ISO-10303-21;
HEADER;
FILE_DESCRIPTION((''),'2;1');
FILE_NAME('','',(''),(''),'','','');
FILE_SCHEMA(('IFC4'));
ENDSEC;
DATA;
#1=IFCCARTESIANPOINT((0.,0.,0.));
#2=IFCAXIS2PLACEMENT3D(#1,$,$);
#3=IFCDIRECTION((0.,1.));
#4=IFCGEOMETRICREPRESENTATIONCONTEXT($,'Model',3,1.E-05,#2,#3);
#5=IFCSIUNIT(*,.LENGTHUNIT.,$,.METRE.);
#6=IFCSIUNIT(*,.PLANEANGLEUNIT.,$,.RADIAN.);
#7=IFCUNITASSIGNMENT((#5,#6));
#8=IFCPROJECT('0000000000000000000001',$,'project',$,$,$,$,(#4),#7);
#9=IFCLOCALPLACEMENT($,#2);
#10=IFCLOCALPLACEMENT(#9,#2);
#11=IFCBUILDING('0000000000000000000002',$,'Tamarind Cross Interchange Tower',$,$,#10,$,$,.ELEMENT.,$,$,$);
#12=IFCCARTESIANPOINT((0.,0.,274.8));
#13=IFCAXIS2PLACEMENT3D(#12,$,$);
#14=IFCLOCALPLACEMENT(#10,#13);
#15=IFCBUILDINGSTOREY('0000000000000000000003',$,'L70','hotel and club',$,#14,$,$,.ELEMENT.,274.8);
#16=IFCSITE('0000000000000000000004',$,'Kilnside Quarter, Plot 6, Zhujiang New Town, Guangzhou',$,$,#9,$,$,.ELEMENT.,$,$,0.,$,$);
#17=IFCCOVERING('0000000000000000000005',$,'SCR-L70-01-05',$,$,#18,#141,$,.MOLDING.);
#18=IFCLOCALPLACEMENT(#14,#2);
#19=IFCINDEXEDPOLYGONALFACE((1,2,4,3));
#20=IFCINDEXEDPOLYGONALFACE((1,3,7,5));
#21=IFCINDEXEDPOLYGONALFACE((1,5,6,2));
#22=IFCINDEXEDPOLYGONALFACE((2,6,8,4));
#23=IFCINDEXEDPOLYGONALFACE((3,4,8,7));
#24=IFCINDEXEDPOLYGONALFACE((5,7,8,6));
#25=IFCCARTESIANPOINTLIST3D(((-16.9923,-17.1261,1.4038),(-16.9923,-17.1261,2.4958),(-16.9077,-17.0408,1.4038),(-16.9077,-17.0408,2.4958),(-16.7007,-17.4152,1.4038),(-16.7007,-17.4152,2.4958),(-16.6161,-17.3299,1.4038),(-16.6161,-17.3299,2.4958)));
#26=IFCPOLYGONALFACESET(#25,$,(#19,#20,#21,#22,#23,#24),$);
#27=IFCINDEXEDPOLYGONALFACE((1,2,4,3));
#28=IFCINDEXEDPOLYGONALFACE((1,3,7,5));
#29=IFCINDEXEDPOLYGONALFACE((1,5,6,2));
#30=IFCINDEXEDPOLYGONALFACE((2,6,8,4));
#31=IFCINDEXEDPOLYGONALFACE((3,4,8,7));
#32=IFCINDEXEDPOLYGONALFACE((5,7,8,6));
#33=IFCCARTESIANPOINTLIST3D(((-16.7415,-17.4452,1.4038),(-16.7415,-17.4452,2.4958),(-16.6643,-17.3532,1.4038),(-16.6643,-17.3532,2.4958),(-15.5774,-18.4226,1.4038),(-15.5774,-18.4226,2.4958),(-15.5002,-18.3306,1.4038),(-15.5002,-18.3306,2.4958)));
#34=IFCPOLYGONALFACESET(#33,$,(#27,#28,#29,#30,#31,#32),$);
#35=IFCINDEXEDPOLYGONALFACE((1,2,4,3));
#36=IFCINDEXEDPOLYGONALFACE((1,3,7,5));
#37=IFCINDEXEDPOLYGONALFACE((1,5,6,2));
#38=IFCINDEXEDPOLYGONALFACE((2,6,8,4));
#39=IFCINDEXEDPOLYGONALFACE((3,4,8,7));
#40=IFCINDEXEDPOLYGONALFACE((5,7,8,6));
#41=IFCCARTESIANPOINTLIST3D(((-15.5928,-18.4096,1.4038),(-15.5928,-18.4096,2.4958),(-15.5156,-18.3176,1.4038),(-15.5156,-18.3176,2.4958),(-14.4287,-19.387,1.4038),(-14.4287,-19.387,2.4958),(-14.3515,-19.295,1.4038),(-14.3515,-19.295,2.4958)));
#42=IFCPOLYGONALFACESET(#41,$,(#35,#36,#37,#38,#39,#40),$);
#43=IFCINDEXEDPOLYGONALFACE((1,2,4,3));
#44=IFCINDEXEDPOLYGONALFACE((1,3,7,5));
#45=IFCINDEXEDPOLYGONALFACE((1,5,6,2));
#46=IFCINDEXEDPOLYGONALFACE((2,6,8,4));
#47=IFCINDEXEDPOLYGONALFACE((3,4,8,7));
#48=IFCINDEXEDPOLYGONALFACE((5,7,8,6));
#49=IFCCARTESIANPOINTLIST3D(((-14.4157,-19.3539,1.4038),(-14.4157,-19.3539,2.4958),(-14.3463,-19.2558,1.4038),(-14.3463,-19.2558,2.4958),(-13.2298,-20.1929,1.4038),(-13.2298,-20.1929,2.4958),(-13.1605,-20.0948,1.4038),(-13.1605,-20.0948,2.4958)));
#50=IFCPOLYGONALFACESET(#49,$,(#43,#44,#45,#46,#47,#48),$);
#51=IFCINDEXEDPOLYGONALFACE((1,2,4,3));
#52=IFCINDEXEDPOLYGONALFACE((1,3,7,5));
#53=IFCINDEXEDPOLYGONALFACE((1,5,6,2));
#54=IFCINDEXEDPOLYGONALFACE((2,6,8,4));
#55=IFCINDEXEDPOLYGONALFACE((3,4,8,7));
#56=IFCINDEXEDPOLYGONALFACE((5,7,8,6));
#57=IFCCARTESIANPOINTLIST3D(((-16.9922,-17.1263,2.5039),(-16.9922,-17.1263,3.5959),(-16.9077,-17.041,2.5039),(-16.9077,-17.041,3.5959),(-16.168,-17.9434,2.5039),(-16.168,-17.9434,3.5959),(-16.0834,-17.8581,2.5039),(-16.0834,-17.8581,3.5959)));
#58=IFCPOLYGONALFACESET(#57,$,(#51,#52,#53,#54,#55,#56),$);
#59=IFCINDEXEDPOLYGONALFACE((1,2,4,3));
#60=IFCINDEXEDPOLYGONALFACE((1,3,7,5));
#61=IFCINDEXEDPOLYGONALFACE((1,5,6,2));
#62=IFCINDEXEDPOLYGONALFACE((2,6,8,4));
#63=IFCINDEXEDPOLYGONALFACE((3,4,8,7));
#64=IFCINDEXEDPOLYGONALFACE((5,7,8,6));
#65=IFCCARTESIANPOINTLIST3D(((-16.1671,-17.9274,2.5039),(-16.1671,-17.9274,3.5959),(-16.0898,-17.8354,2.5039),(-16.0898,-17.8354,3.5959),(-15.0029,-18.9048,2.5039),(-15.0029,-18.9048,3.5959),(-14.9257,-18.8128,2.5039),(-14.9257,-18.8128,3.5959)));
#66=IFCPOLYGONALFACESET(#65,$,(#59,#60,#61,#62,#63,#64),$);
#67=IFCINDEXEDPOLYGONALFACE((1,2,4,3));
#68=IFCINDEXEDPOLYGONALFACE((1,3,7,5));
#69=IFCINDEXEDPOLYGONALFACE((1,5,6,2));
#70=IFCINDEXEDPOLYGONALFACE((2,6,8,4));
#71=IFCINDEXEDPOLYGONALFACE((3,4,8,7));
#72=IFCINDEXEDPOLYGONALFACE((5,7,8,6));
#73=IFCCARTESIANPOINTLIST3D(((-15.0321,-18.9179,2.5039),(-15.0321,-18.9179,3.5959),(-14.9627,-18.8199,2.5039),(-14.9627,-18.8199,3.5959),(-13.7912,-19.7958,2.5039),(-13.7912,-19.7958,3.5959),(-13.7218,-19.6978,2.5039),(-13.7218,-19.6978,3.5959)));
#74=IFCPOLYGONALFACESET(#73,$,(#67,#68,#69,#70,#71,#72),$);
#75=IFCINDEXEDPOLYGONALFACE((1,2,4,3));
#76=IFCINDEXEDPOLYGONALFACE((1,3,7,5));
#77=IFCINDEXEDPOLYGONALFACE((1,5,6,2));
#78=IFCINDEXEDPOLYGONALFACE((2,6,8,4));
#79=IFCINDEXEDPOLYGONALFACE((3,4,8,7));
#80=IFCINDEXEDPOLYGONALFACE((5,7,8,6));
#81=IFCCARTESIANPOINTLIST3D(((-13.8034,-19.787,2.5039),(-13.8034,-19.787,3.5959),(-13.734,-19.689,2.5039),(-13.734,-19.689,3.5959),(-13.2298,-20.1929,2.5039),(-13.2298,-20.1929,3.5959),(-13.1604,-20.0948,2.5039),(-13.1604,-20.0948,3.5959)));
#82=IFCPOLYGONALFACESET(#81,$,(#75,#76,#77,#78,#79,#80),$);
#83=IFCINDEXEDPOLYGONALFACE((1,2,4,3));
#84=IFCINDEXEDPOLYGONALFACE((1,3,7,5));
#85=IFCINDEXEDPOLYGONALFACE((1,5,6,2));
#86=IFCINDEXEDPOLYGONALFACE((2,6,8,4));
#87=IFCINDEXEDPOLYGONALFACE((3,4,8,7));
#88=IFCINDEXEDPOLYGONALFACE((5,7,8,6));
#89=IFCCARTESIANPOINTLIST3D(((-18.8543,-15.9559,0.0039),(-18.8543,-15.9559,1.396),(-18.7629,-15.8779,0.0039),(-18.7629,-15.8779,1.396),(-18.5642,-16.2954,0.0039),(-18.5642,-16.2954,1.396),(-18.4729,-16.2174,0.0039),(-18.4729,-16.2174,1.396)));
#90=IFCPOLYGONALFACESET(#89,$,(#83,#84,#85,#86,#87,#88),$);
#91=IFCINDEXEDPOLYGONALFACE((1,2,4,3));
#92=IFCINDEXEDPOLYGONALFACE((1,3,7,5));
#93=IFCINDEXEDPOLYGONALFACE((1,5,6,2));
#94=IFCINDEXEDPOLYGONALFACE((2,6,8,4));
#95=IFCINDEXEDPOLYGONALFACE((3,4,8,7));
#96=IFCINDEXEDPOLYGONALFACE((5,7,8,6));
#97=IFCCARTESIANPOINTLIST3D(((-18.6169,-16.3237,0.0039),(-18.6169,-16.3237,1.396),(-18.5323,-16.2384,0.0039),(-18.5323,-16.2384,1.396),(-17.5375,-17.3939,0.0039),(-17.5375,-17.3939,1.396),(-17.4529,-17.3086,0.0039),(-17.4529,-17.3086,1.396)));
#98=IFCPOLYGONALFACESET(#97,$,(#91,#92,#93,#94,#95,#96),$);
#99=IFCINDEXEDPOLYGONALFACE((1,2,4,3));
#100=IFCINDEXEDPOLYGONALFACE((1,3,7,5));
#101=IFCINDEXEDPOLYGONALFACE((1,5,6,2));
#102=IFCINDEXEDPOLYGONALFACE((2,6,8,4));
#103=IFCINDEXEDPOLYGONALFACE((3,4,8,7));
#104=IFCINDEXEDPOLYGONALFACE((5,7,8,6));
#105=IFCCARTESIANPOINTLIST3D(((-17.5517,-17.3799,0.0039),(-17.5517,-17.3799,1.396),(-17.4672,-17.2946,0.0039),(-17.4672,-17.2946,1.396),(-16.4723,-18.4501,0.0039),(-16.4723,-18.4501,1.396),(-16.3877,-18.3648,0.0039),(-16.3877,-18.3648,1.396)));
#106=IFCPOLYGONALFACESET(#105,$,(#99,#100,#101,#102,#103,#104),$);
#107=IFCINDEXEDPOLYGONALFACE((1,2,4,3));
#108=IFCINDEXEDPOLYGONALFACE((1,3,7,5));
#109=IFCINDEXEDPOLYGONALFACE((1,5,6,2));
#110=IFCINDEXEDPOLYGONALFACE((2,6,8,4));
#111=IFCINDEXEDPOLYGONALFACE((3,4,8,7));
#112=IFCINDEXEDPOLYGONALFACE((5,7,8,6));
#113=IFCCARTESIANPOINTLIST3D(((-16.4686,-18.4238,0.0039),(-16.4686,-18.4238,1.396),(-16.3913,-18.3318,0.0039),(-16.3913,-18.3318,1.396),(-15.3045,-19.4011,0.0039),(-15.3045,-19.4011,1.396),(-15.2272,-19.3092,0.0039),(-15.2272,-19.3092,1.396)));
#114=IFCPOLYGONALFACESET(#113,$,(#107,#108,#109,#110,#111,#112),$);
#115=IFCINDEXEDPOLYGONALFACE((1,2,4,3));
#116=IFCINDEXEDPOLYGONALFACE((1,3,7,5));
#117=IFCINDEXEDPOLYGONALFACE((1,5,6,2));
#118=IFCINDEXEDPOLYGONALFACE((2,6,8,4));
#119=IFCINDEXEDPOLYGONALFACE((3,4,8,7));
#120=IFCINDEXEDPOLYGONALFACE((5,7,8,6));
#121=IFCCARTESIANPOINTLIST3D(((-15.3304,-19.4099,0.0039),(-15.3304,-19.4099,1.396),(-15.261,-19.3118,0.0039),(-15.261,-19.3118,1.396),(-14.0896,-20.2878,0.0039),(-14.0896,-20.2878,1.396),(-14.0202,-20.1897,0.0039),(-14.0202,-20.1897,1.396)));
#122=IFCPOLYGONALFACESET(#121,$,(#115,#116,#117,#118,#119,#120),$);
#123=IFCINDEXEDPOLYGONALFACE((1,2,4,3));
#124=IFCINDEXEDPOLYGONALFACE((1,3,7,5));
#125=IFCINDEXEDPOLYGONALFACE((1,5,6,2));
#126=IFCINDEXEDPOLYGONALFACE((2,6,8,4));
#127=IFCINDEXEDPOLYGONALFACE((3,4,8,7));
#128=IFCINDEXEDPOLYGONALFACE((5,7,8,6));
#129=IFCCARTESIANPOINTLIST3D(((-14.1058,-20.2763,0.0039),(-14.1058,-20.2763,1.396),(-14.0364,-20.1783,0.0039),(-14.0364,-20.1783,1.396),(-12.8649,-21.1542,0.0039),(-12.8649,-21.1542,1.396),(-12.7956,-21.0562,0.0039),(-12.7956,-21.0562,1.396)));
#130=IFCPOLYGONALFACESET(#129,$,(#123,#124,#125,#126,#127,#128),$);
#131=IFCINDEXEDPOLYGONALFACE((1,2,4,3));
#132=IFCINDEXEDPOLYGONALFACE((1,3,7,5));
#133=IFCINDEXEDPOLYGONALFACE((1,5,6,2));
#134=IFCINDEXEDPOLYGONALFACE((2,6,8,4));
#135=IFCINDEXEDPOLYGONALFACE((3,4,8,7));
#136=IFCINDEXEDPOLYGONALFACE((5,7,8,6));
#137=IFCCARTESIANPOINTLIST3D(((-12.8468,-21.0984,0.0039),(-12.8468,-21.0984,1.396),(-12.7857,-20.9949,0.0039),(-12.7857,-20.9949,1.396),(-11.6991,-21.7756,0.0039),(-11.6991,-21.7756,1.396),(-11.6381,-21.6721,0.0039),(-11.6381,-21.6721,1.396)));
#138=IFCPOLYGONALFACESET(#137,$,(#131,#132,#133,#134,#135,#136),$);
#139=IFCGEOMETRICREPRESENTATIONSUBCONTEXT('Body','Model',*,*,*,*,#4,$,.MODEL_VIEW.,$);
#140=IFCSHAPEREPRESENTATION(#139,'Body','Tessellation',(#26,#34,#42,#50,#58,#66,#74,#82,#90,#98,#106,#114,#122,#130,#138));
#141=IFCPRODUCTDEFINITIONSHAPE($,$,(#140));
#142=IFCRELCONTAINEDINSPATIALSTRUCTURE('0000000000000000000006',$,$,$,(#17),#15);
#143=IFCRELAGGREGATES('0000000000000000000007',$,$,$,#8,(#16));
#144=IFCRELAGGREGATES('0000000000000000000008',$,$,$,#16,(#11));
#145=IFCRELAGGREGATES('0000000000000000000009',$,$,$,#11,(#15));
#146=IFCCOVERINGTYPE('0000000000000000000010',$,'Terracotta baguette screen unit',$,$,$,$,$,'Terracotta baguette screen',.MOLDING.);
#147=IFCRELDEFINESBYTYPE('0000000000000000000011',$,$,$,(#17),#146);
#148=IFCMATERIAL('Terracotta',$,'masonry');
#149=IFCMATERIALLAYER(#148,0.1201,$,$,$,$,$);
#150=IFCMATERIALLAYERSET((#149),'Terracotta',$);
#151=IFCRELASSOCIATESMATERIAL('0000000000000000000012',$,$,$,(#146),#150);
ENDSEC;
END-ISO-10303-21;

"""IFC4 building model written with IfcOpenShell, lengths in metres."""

from ifc_helpers import new_model, si_unit, direction, frame, origin, origin_2d, place, context, subcontext, project, spatial, rectangle, extrude, material, layer, layer_set, type_object, element, save


model = new_model("IFC4")

# Units and contexts
model_context = context("Model", 3, precision=1e-05, world=origin(), true_north=direction((0.0, 1.0)))
body_context = subcontext(model_context, "Body", "Model", "MODEL_VIEW")
ifc_project = project(units=[si_unit("LENGTHUNIT", "METRE"), si_unit("PLANEANGLEUNIT", "RADIAN")], contexts=[model_context])

# Site, building, storey
site_placement = place(None, origin())
site = spatial("IfcSite", under=ifc_project, at=site_placement, Name="Kilnside Quarter, Plot 6, Zhujiang New Town, Guangzhou", CompositionType="ELEMENT", RefElevation=0.0)
building_placement = place(site_placement, origin())
building = spatial("IfcBuilding", under=site, at=building_placement, Name="Tamarind Cross Interchange Tower", CompositionType="ELEMENT")
storey_placement = place(building_placement, frame((0.0, 0.0, 274.8)))
storey = spatial("IfcBuildingStorey", under=building, at=storey_placement, Name="L70", Description="hotel and club", CompositionType="ELEMENT", Elevation=274.8)

# Covering
ifc_material_1 = material(Name="Terracotta", Category="masonry")
ifc_layer_1 = layer(ifc_material_1, 0.1201)
ifc_layer_set_1 = layer_set([ifc_layer_1], Name="Terracotta")
covering_type = type_object("IfcCoveringType", Name="Terracotta baguette screen unit", ElementType="Terracotta baguette screen", PredefinedType="MOLDING", material=ifc_layer_set_1)
covering_1_placement = place(storey_placement, origin())
element("IfcCovering", 1, at=covering_1_placement, inside=storey, type_object=covering_type, Name="SCR-L70-01-05", PredefinedType="MOLDING", context=body_context, shape_type="SweptSolid", body=[
    extrude(rectangle(XDim=0.4106, YDim=0.1201, at=origin_2d()), frame((-16.8042, -17.228, 1.4038), z_axis=(0.0, 0.0, 1.0), x_axis=(0.710143, -0.704057, 0.0)), (0.0, 0.0, 1.0), 1.092),
    extrude(rectangle(XDim=1.52, YDim=0.1201, at=origin_2d()), frame((-16.1208, -17.8879, 1.4038), z_axis=(0.0, 0.0, 1.0), x_axis=(0.765858, -0.643009, 0.0)), (0.0, 0.0, 1.0), 1.092),
    extrude(rectangle(XDim=1.52, YDim=0.1201, at=origin_2d()), frame((-14.9722, -18.8523, 1.4038), z_axis=(0.0, 0.0, 1.0), x_axis=(0.765858, -0.643009, 0.0)), (0.0, 0.0, 1.0), 1.092),
    extrude(rectangle(XDim=1.4526, YDim=0.1201, at=origin_2d()), frame((-13.7881, -19.7244, 1.4038), z_axis=(0.0, 0.0, 1.0), x_axis=(0.816342, -0.577569, 0.0)), (0.0, 0.0, 1.0), 1.092),
    extrude(rectangle(XDim=1.1606, YDim=0.1201, at=origin_2d()), frame((-16.5378, -17.4922, 2.5039), z_axis=(0.0, 0.0, 1.0), x_axis=(0.710143, -0.704057, 0.0)), (0.0, 0.0, 1.0), 1.092),
    extrude(rectangle(XDim=1.52, YDim=0.1201, at=origin_2d()), frame((-15.5464, -18.3701, 2.5039), z_axis=(0.0, 0.0, 1.0), x_axis=(0.765858, -0.643009, 0.0)), (0.0, 0.0, 1.0), 1.092),
    extrude(rectangle(XDim=1.52, YDim=0.1201, at=origin_2d()), frame((-14.377, -19.3079, 2.5039), z_axis=(0.0, 0.0, 1.0), x_axis=(0.816342, -0.577569, 0.0)), (0.0, 0.0, 1.0), 1.092),
    extrude(rectangle(XDim=0.7026, YDim=0.1201, at=origin_2d()), frame((-13.4819, -19.9409, 2.5039), z_axis=(0.0, 0.0, 1.0), x_axis=(0.816342, -0.577569, 0.0)), (0.0, 0.0, 1.0), 1.092),
    extrude(rectangle(XDim=0.4465, YDim=0.1201, at=origin_2d()), frame((-18.6636, -16.0867, 0.0039), z_axis=(0.0, 0.0, 1.0), x_axis=(0.649577, -0.760296, 0.0)), (0.0, 0.0, 1.0), 1.3921),
    extrude(rectangle(XDim=1.52, YDim=0.1201, at=origin_2d()), frame((-18.0349, -16.8162, 0.0039), z_axis=(0.0, 0.0, 1.0), x_axis=(0.710143, -0.704057, 0.0)), (0.0, 0.0, 1.0), 1.3921),
    extrude(rectangle(XDim=1.52, YDim=0.1201, at=origin_2d()), frame((-16.9697, -17.8723, 0.0039), z_axis=(0.0, 0.0, 1.0), x_axis=(0.710143, -0.704057, 0.0)), (0.0, 0.0, 1.0), 1.3921),
    extrude(rectangle(XDim=1.52, YDim=0.1201, at=origin_2d()), frame((-15.8479, -18.8665, 0.0039), z_axis=(0.0, 0.0, 1.0), x_axis=(0.765858, -0.643009, 0.0)), (0.0, 0.0, 1.0), 1.3921),
    extrude(rectangle(XDim=1.52, YDim=0.1201, at=origin_2d()), frame((-14.6753, -19.7998, 0.0039), z_axis=(0.0, 0.0, 1.0), x_axis=(0.816342, -0.577569, 0.0)), (0.0, 0.0, 1.0), 1.3921),
    extrude(rectangle(XDim=1.52, YDim=0.1201, at=origin_2d()), frame((-13.4507, -20.6663, 0.0039), z_axis=(0.0, 0.0, 1.0), x_axis=(0.816342, -0.577569, 0.0)), (0.0, 0.0, 1.0), 1.3921),
    extrude(rectangle(XDim=1.3325, YDim=0.1201, at=origin_2d()), frame((-12.2424, -21.3853, 0.0039), z_axis=(0.0, 0.0, 1.0), x_axis=(0.861249, -0.508183, 0.0)), (0.0, 0.0, 1.0), 1.3921),
])

save(model, "model.ifc")
